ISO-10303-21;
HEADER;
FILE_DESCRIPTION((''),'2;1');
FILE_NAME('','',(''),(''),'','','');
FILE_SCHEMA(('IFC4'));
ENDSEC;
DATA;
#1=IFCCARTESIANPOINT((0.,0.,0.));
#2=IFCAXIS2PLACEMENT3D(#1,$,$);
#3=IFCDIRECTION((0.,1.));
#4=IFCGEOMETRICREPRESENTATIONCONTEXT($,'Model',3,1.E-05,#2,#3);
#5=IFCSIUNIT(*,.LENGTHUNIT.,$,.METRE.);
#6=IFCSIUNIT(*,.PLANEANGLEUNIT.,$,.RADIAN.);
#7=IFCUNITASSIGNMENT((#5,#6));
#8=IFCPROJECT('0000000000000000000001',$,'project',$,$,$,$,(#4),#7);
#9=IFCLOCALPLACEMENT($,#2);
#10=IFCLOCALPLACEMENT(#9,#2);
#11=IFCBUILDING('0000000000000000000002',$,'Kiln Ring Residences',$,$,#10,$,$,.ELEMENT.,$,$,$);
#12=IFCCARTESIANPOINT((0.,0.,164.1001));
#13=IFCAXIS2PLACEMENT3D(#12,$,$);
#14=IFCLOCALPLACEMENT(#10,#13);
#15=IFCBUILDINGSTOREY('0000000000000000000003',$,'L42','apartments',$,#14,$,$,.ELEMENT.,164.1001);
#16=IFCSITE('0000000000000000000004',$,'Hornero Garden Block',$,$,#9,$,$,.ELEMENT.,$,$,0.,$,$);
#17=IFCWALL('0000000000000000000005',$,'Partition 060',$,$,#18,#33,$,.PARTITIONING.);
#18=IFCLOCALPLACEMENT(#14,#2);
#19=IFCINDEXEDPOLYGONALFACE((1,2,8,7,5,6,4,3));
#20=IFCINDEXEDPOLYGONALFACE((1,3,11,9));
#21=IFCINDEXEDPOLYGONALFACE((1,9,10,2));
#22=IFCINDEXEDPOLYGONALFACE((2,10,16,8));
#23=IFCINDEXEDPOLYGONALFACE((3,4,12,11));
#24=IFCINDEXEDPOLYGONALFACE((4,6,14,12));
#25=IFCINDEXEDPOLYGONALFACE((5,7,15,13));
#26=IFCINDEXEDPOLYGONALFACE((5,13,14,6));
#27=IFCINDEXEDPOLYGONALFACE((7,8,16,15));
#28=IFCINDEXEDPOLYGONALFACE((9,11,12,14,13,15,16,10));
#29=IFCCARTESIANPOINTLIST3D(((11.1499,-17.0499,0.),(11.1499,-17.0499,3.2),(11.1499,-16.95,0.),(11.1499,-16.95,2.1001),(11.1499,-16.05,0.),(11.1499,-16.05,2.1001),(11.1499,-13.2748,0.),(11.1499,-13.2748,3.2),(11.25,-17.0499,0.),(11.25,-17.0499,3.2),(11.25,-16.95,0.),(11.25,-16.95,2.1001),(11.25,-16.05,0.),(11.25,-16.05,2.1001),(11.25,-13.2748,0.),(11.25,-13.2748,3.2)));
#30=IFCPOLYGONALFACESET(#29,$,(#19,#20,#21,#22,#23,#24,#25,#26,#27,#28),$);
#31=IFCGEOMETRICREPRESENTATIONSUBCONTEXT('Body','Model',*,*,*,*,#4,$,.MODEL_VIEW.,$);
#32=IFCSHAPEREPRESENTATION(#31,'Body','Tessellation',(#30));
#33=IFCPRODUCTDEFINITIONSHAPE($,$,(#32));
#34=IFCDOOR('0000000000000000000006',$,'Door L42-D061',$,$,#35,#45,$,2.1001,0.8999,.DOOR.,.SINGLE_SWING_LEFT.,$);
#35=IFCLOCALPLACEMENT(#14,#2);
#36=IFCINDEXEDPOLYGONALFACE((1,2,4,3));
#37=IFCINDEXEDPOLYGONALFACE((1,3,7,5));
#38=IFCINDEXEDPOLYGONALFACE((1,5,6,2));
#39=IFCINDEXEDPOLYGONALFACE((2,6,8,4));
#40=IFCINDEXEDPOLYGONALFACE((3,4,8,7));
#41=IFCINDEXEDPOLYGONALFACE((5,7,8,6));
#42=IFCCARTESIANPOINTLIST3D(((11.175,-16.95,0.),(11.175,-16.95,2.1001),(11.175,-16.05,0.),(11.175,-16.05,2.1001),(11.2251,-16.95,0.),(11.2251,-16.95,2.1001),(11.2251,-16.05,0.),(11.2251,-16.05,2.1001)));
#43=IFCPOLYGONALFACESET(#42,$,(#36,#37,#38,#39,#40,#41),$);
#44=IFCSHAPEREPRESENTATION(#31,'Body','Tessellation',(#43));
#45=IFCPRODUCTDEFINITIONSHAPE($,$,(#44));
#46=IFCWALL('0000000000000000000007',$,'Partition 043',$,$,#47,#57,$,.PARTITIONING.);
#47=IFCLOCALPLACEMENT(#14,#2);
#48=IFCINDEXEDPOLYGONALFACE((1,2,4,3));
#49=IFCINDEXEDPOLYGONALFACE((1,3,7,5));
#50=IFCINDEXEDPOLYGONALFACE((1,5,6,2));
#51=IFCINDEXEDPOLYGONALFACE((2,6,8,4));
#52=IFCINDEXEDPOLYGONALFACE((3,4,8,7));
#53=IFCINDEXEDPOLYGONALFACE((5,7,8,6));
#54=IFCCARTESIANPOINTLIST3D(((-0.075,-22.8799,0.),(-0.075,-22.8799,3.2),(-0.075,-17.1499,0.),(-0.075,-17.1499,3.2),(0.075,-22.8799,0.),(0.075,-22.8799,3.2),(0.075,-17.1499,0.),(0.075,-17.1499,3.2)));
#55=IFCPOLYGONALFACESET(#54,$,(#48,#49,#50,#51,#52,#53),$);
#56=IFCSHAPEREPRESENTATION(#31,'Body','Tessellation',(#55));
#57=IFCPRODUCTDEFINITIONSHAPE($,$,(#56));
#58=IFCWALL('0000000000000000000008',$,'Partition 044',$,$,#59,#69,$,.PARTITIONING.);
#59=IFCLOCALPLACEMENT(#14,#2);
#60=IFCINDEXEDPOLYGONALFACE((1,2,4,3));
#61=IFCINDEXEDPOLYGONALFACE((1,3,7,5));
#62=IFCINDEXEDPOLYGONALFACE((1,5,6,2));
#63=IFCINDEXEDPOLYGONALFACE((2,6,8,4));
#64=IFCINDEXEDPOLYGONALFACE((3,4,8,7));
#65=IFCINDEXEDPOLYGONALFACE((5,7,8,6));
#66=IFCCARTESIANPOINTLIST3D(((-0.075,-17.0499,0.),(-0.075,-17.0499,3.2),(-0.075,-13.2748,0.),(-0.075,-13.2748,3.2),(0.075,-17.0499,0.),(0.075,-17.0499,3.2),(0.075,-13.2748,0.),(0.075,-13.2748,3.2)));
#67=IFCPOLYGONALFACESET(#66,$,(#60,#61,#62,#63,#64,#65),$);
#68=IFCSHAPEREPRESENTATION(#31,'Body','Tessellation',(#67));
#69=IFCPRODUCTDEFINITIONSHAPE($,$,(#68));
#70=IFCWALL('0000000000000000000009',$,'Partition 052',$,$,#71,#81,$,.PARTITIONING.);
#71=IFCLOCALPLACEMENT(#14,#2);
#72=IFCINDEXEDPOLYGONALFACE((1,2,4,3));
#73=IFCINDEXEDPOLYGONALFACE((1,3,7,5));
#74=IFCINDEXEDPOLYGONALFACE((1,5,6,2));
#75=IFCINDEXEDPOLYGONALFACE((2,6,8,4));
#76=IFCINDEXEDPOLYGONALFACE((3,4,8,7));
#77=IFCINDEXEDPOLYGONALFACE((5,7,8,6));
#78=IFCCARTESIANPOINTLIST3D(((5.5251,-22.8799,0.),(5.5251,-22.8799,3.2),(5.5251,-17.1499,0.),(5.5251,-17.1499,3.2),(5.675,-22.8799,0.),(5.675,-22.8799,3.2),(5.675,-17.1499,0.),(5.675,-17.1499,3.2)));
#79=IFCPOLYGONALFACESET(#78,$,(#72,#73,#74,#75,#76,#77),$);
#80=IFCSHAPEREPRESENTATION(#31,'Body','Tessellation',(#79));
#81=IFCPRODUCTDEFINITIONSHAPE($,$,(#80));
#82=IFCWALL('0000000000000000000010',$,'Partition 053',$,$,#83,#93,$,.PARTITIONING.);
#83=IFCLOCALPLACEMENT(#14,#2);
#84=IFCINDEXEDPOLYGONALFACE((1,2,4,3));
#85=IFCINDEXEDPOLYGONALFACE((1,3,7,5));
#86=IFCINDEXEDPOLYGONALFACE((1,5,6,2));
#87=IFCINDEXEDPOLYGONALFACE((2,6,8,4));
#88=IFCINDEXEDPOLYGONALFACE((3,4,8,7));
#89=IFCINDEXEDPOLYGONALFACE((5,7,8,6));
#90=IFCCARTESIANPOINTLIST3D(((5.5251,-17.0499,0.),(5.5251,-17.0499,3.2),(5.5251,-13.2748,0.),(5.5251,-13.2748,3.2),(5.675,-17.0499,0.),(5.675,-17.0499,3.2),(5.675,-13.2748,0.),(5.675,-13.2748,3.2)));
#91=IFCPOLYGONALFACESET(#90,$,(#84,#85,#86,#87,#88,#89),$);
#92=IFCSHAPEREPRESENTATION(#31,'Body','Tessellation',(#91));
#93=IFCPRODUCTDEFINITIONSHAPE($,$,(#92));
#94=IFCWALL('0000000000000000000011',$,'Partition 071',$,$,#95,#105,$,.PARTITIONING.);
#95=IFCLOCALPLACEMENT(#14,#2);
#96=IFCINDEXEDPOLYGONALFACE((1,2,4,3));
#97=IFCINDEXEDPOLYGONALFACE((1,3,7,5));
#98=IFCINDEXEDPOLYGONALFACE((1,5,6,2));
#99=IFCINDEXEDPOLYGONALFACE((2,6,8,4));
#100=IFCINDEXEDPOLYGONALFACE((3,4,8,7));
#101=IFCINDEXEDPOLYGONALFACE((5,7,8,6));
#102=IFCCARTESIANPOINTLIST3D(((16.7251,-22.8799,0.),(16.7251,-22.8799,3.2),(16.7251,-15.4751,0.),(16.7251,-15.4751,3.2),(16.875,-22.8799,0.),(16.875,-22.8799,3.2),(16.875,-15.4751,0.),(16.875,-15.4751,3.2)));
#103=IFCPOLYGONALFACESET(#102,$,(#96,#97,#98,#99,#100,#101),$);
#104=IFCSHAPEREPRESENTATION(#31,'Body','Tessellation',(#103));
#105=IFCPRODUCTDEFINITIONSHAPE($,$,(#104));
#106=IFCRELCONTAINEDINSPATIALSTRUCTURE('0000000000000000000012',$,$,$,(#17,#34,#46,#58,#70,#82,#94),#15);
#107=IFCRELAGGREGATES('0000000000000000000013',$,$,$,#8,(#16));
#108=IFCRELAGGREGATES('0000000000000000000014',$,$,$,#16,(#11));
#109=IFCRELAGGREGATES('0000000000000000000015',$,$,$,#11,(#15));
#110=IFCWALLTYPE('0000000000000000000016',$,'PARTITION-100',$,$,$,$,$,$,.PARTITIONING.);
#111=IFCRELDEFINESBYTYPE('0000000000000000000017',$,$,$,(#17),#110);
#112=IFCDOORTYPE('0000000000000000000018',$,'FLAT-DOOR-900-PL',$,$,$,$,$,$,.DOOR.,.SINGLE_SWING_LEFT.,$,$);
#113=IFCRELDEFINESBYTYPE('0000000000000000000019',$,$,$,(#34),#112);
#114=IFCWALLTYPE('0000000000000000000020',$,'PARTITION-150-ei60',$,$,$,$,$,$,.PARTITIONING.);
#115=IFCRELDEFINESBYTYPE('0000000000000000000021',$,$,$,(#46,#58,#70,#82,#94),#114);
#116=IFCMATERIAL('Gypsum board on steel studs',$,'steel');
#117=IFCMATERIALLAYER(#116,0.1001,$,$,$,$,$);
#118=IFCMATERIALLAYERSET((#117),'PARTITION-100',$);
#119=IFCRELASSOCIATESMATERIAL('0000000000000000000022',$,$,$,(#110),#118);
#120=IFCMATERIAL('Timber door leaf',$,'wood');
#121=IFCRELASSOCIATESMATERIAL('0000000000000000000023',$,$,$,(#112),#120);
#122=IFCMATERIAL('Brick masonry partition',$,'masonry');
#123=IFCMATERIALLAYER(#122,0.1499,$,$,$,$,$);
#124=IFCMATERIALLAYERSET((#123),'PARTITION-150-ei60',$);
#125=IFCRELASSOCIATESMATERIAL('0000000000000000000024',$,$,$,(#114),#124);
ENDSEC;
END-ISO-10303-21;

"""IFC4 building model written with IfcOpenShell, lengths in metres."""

from ifc_helpers import new_model, si_unit, direction, frame, frame_2d, origin, place, context, subcontext, project, spatial, rectangle, extrude, material, layer, layer_set, type_object, element, fill, save


model = new_model("IFC4")

# Units and contexts
model_context = context("Model", 3, precision=1e-05, world=origin(), true_north=direction((0.0, 1.0)))
body_context = subcontext(model_context, "Body", "Model", "MODEL_VIEW")
ifc_project = project(units=[si_unit("LENGTHUNIT", "METRE"), si_unit("PLANEANGLEUNIT", "RADIAN")], contexts=[model_context])

# Site, building, storey
site_placement = place(None, origin())
site = spatial("IfcSite", under=ifc_project, at=site_placement, Name="Hornero Garden Block", CompositionType="ELEMENT", RefElevation=0.0)
building_placement = place(site_placement, origin())
building = spatial("IfcBuilding", under=site, at=building_placement, Name="Kiln Ring Residences", CompositionType="ELEMENT")
storey_placement = place(building_placement, frame((0.0, 0.0, 164.1001)))
storey = spatial("IfcBuildingStorey", under=building, at=storey_placement, Name="L42", Description="apartments", CompositionType="ELEMENT", Elevation=164.1001)

# Shared definitions
ifc_material_1 = material(Name="Gypsum board on steel studs", Category="steel")
ifc_layer_1 = layer(ifc_material_1, 0.1001)
ifc_layer_set_1 = layer_set([ifc_layer_1], Name="PARTITION-100")
wall_type_1 = type_object("IfcWallType", Name="PARTITION-100", PredefinedType="PARTITIONING", material=ifc_layer_set_1)
ifc_material_2 = material(Name="Timber door leaf", Category="wood")
door_type_1 = type_object("IfcDoorType", Name="FLAT-DOOR-900-PL", OperationType="SINGLE_SWING_LEFT", PredefinedType="DOOR", material=ifc_material_2)

# Wall, opening, door
wall_1_placement = place(storey_placement, frame((11.2, -17.05, 0.0), z_axis=(0.0, 0.0, 1.0), x_axis=(0.0, 1.0, 0.0)))
wall_1 = element("IfcWall", 1, at=wall_1_placement, inside=storey, type_object=wall_type_1, Name="Partition 060", PredefinedType="PARTITIONING", context=body_context, shape_type="SweptSolid", body=[
    extrude(rectangle(XDim=3.7751, YDim=0.1001, at=frame_2d((1.8877, 0.0))), origin(), (0.0, 0.0, 1.0), 3.2),
])
opening_1_placement = place(wall_1_placement, frame((0.1001, 0.0, 0.0)))
opening_1 = element("IfcOpeningElement", 2, at=opening_1_placement, cuts=wall_1, PredefinedType="OPENING", context=body_context, shape_type="SweptSolid", body=[
    extrude(rectangle(XDim=0.8999, YDim=2.1001, at=frame_2d((0.45, 1.05))), frame((0.0, 0.0601, 0.0), z_axis=(0.0, -1.0, 0.0), x_axis=(1.0, 0.0, 0.0)), (0.0, 0.0, 1.0), 0.1201),
])
door_1_placement = place(opening_1_placement, origin())
door_1 = element("IfcDoor", 3, at=door_1_placement, inside=storey, type_object=door_type_1, Name="Door L42-D061", OperationType="SINGLE_SWING_LEFT", OverallHeight=2.1001, OverallWidth=0.8999, PredefinedType="DOOR", context=body_context, shape_type="SweptSolid", body=[
    extrude(rectangle(XDim=0.8999, YDim=2.1001, at=frame_2d((0.45, 1.05))), frame((0.0, 0.0249, 0.0), z_axis=(0.0, -1.0, 0.0), x_axis=(1.0, 0.0, 0.0)), (0.0, 0.0, 1.0), 0.05),
])
fill(opening_1, door_1)

# Walls
ifc_material_3 = material(Name="Brick masonry partition", Category="masonry")
ifc_layer_2 = layer(ifc_material_3, 0.1499)
ifc_layer_set_2 = layer_set([ifc_layer_2], Name="PARTITION-150-ei60")
wall_type_2 = type_object("IfcWallType", Name="PARTITION-150-ei60", PredefinedType="PARTITIONING", material=ifc_layer_set_2)
wall_2_placement = place(storey_placement, frame((0.0, -22.8799, 0.0), z_axis=(0.0, 0.0, 1.0), x_axis=(0.0, 1.0, 0.0)))
element("IfcWall", 4, at=wall_2_placement, inside=storey, type_object=wall_type_2, Name="Partition 043", PredefinedType="PARTITIONING", context=body_context, shape_type="SweptSolid", body=[
    extrude(rectangle(XDim=5.73, YDim=0.1499, at=frame_2d((2.865, 0.0))), origin(), (0.0, 0.0, 1.0), 3.2),
])
wall_3_placement = place(storey_placement, frame((0.0, -17.05, 0.0), z_axis=(0.0, 0.0, 1.0), x_axis=(0.0, 1.0, 0.0)))
element("IfcWall", 5, at=wall_3_placement, inside=storey, type_object=wall_type_2, Name="Partition 044", PredefinedType="PARTITIONING", context=body_context, shape_type="SweptSolid", body=[
    extrude(rectangle(XDim=3.7751, YDim=0.1499, at=frame_2d((1.8877, 0.0))), origin(), (0.0, 0.0, 1.0), 3.2),
])
wall_4_placement = place(storey_placement, frame((5.6001, -22.8799, 0.0), z_axis=(0.0, 0.0, 1.0), x_axis=(0.0, 1.0, 0.0)))
element("IfcWall", 6, at=wall_4_placement, inside=storey, type_object=wall_type_2, Name="Partition 052", PredefinedType="PARTITIONING", context=body_context, shape_type="SweptSolid", body=[
    extrude(rectangle(XDim=5.73, YDim=0.1499, at=frame_2d((2.865, 0.0))), origin(), (0.0, 0.0, 1.0), 3.2),
])
wall_5_placement = place(storey_placement, frame((5.6001, -17.05, 0.0), z_axis=(0.0, 0.0, 1.0), x_axis=(0.0, 1.0, 0.0)))
element("IfcWall", 7, at=wall_5_placement, inside=storey, type_object=wall_type_2, Name="Partition 053", PredefinedType="PARTITIONING", context=body_context, shape_type="SweptSolid", body=[
    extrude(rectangle(XDim=3.7751, YDim=0.1499, at=frame_2d((1.8877, 0.0))), origin(), (0.0, 0.0, 1.0), 3.2),
])
wall_6_placement = place(storey_placement, frame((16.8, -22.8799, 0.0), z_axis=(0.0, 0.0, 1.0), x_axis=(0.0, 1.0, 0.0)))
element("IfcWall", 8, at=wall_6_placement, inside=storey, type_object=wall_type_2, Name="Partition 071", PredefinedType="PARTITIONING", context=body_context, shape_type="SweptSolid", body=[
    extrude(rectangle(XDim=7.4048, YDim=0.1499, at=frame_2d((3.7024, 0.0))), origin(), (0.0, 0.0, 1.0), 3.2),
])

save(model, "model.ifc")
